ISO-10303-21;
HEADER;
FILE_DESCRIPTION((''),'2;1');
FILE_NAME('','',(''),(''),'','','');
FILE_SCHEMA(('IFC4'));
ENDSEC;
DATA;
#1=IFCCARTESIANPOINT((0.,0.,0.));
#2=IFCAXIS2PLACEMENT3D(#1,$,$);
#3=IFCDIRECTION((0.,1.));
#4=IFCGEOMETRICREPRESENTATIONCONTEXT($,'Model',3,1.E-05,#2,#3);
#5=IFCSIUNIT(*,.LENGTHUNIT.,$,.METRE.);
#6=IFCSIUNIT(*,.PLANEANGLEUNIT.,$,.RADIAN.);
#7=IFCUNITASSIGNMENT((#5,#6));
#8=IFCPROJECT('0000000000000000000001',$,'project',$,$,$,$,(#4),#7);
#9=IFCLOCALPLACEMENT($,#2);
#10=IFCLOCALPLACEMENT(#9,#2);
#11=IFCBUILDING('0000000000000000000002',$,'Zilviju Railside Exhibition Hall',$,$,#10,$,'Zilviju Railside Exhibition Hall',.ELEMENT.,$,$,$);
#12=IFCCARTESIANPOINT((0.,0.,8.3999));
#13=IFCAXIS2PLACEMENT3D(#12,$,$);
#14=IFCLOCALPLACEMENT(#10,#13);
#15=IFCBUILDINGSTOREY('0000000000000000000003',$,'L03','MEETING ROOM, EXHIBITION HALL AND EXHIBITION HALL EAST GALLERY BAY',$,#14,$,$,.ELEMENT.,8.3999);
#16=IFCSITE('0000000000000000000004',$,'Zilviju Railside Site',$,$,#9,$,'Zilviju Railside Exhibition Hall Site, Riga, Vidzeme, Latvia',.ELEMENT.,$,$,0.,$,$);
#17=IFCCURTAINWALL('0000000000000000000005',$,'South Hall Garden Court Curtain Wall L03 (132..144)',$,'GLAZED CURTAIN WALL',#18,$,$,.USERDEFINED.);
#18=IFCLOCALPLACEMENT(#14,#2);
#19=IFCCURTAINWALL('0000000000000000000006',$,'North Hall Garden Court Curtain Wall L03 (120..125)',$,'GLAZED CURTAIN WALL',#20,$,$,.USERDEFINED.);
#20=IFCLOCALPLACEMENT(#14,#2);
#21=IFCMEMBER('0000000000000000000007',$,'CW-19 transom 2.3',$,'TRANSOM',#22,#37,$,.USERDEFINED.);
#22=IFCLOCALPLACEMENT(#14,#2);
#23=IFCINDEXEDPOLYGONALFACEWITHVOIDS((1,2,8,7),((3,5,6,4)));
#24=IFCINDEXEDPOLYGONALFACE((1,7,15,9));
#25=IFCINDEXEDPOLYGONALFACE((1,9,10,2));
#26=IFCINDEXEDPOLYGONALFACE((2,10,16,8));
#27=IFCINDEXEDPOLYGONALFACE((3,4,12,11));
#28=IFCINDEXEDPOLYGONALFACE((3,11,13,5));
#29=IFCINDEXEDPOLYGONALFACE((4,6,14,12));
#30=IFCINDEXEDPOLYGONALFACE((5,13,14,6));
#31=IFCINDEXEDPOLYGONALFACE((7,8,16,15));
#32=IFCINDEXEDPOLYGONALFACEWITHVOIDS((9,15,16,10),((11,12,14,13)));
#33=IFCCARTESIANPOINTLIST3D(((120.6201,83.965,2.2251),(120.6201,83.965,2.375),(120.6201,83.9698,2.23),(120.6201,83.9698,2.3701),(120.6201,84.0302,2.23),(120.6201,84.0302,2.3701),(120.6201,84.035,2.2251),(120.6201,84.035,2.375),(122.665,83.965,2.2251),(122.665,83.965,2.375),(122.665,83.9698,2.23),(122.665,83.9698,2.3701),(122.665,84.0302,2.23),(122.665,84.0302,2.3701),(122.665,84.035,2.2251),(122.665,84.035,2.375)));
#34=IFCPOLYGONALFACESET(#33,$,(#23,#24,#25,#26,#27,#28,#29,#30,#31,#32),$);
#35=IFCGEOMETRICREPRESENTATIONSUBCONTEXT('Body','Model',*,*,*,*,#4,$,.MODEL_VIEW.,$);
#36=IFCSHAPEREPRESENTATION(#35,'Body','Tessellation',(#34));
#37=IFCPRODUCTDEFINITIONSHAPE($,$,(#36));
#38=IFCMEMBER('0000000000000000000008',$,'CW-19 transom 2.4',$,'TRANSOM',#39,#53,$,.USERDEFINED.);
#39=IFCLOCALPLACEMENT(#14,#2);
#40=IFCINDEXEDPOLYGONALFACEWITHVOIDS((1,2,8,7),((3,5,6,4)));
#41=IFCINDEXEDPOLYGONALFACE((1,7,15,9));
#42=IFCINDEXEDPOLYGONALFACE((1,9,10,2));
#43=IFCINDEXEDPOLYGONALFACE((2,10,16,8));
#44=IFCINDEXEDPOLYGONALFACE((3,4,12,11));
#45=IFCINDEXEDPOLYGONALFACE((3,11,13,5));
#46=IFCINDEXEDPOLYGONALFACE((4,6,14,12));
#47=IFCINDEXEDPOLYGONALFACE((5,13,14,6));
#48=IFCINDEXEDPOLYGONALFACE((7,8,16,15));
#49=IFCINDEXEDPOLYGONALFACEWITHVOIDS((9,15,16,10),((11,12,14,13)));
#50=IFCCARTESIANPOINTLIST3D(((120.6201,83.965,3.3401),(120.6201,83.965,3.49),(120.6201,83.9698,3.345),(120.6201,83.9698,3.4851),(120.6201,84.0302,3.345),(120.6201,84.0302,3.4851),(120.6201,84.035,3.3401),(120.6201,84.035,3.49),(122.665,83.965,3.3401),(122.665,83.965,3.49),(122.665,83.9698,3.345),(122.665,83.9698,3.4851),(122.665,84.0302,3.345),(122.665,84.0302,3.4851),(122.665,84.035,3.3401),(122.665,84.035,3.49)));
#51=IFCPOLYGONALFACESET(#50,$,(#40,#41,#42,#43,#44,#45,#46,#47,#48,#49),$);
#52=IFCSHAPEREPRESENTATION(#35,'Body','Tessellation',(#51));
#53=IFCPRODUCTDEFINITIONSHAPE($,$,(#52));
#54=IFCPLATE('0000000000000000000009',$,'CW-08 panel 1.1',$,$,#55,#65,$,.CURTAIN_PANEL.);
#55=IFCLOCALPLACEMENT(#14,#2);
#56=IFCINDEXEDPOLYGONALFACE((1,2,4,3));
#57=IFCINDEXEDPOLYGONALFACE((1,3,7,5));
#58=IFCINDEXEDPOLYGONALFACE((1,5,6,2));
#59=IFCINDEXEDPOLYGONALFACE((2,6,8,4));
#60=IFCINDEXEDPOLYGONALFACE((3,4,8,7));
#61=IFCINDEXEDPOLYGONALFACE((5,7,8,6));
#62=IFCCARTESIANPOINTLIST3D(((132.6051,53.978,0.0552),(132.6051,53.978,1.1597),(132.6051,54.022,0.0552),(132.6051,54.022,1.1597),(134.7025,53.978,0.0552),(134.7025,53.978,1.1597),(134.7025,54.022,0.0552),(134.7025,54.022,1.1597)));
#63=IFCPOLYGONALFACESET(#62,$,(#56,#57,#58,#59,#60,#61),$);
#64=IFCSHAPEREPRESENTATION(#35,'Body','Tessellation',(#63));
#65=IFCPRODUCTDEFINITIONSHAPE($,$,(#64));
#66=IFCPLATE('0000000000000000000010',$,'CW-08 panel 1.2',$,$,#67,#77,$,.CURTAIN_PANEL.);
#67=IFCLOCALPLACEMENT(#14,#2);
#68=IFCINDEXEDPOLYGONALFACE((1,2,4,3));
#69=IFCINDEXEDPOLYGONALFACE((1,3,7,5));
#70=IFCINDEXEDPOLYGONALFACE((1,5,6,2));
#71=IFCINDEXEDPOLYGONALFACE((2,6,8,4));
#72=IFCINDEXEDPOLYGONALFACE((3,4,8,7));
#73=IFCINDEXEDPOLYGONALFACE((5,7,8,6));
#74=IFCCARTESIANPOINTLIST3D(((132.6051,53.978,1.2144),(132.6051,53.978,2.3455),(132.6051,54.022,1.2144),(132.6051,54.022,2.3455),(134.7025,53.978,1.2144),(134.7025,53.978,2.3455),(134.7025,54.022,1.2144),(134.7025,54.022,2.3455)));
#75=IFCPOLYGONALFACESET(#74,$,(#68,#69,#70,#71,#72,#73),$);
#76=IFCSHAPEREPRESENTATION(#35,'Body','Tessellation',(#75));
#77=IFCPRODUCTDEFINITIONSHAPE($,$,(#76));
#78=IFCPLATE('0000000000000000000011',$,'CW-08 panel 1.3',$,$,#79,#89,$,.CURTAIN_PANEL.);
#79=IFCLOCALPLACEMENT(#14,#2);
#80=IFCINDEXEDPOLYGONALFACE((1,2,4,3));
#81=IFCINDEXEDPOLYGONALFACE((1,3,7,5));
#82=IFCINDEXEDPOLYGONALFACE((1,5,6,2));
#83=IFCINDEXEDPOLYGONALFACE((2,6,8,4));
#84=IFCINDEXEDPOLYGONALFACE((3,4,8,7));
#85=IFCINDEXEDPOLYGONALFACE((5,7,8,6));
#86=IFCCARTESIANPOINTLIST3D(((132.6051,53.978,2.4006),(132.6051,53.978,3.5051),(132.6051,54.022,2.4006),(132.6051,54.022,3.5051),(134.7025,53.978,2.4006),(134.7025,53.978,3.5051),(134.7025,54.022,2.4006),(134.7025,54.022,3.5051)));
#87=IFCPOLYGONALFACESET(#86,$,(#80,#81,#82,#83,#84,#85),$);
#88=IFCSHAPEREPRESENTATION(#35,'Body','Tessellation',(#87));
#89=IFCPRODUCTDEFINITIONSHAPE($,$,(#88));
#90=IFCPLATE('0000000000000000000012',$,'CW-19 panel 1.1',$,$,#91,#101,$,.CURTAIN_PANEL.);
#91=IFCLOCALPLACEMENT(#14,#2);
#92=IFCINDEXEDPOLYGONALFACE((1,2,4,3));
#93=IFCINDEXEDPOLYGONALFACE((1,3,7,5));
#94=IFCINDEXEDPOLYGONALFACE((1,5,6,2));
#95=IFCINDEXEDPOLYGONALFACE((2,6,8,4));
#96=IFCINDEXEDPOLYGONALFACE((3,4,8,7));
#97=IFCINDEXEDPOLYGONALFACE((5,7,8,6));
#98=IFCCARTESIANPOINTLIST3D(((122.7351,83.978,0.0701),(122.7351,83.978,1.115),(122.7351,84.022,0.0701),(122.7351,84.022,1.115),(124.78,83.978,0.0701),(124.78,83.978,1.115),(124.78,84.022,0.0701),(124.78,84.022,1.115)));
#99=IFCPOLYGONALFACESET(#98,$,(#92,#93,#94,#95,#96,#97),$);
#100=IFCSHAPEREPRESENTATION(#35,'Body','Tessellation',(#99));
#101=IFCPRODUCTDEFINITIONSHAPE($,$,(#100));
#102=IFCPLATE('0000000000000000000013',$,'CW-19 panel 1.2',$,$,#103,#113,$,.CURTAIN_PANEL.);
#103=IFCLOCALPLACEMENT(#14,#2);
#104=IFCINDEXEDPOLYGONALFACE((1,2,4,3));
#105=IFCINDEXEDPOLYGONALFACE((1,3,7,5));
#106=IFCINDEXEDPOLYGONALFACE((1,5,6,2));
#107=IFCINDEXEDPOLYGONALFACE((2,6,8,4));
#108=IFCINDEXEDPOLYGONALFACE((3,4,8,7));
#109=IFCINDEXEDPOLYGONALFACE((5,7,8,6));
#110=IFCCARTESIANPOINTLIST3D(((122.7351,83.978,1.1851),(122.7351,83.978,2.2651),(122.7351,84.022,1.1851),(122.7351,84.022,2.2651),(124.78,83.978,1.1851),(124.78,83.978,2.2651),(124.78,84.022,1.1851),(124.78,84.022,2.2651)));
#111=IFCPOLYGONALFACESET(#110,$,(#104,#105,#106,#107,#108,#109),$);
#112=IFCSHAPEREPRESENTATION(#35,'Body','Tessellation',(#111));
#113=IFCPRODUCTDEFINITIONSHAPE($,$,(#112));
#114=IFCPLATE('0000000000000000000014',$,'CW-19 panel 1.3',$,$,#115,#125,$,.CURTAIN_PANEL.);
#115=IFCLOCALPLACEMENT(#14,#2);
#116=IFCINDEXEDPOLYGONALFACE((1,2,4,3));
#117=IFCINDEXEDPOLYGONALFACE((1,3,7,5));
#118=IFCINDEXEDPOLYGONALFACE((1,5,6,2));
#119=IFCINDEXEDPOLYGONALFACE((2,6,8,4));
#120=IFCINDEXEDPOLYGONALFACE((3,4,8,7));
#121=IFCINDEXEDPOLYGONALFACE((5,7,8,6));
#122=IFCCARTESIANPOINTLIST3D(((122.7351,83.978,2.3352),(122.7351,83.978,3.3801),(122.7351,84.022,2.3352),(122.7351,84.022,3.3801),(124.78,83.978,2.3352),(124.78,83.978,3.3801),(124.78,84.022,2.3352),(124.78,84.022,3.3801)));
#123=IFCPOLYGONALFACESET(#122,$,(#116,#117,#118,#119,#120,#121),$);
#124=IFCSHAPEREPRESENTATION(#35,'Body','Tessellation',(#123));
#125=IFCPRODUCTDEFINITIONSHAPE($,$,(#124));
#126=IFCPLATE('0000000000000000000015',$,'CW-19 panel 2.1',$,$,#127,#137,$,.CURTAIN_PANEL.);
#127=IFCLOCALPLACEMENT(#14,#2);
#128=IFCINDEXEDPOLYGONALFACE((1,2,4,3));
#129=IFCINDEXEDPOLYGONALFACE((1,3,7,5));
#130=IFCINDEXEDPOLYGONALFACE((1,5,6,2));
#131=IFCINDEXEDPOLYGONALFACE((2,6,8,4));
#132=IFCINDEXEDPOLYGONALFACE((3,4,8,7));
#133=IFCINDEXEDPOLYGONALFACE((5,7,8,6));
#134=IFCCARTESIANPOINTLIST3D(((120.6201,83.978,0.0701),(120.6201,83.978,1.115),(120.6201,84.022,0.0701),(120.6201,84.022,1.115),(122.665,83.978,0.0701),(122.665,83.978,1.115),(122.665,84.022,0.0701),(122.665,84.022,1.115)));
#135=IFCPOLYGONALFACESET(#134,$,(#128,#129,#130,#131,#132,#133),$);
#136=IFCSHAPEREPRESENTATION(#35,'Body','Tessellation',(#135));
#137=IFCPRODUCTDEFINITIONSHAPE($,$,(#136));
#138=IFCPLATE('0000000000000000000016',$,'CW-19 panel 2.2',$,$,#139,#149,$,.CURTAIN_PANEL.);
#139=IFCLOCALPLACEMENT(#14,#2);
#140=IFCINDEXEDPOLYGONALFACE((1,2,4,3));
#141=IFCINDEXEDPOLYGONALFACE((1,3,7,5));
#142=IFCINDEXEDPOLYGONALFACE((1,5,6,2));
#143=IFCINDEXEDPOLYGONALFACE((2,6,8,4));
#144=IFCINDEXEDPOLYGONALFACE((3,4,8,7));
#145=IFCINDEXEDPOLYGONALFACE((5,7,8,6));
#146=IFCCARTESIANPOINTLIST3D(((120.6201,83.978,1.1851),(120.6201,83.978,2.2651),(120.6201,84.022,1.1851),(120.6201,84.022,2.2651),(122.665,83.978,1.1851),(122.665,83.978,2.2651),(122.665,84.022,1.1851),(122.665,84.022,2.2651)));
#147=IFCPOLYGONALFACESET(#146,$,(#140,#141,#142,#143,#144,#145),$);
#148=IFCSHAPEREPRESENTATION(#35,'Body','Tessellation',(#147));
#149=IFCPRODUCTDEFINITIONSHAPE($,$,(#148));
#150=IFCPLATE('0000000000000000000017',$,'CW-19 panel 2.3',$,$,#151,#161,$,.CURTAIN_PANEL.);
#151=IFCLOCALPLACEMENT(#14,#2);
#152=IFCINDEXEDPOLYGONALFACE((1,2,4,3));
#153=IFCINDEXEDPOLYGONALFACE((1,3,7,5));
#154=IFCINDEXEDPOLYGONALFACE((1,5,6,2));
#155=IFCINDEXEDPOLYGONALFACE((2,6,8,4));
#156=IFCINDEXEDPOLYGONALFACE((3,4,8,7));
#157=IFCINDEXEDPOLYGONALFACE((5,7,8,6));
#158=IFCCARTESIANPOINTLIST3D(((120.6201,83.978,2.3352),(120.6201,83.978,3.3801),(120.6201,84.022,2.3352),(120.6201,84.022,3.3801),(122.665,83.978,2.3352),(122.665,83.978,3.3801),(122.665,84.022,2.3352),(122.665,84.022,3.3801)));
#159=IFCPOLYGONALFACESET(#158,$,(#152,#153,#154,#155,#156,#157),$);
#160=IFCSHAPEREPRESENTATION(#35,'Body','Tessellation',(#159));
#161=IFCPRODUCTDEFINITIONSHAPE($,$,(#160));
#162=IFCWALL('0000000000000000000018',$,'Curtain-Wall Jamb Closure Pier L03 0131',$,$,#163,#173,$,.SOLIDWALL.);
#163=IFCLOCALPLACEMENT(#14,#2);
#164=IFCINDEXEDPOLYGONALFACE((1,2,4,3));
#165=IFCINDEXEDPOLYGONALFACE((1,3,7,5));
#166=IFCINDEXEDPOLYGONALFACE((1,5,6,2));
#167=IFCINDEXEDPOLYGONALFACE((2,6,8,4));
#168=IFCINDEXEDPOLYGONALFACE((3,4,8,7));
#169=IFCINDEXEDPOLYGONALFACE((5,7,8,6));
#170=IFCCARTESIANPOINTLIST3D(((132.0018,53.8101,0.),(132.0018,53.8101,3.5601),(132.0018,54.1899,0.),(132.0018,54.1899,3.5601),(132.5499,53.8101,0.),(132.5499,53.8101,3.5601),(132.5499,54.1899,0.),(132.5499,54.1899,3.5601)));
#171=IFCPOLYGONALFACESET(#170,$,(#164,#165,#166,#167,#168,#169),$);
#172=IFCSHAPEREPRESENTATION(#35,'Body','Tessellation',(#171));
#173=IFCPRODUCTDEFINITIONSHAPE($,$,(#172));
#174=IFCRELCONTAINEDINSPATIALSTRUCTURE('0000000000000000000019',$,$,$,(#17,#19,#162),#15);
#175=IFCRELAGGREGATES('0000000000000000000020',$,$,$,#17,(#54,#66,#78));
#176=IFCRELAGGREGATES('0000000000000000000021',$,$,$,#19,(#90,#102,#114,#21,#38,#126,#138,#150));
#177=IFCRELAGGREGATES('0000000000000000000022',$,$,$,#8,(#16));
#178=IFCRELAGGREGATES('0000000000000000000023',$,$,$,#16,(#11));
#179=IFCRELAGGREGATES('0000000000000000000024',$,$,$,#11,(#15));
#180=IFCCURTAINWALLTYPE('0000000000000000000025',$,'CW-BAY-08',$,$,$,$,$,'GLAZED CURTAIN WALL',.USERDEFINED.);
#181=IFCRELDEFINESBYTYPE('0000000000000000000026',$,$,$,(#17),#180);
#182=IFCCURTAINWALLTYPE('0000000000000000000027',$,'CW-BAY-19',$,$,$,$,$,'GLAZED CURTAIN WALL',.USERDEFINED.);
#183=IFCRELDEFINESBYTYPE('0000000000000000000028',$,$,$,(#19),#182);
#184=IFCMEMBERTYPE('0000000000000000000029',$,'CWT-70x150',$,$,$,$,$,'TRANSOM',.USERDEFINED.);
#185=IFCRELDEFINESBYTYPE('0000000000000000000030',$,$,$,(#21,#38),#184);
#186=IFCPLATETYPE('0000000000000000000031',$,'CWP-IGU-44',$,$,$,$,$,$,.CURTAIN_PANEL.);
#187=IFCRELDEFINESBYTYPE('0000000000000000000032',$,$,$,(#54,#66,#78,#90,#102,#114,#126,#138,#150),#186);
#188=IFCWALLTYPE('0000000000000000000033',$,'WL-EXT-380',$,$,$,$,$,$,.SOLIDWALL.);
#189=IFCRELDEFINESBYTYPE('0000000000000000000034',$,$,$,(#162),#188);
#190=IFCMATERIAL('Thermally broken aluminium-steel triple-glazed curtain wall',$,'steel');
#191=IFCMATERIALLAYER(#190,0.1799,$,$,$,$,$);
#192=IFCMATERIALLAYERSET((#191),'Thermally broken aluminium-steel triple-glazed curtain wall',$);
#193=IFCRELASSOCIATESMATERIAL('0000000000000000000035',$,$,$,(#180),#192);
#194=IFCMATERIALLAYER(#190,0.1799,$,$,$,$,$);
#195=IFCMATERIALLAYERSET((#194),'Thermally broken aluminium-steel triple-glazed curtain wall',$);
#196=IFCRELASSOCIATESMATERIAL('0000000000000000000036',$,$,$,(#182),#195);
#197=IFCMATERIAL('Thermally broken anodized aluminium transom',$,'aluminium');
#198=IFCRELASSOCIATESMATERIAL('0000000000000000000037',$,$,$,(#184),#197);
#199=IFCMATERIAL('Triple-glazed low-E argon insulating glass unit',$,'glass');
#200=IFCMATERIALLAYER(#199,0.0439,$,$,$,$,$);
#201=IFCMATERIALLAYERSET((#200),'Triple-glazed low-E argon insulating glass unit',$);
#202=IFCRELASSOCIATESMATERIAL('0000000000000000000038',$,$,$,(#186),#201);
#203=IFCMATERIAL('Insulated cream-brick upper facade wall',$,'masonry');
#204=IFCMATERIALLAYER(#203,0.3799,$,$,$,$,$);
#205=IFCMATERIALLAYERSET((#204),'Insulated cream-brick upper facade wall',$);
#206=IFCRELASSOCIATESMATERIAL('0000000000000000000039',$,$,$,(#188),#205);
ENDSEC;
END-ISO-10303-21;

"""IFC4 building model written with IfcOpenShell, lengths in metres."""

from ifc_helpers import new_model, si_unit, direction, frame, frame_2d, origin, origin_2d, place, context, subcontext, project, spatial, rectangle, hollow_rectangle, extrude, material, layer, layer_set, material_profile, profile_set, type_object, element, aggregate, save


model = new_model("IFC4")

# Units and contexts
model_context = context("Model", 3, precision=1e-05, world=origin(), true_north=direction((0.0, 1.0)))
body_context = subcontext(model_context, "Body", "Model", "MODEL_VIEW")
ifc_project = project(units=[si_unit("LENGTHUNIT", "METRE"), si_unit("PLANEANGLEUNIT", "RADIAN")], contexts=[model_context])

# Site, building, storey
site_placement = place(None, origin())
site = spatial("IfcSite", under=ifc_project, at=site_placement, Name="Zilviju Railside Site", LongName="Zilviju Railside Exhibition Hall Site, Riga, Vidzeme, Latvia", CompositionType="ELEMENT", RefElevation=0.0)
building_placement = place(site_placement, origin())
building = spatial("IfcBuilding", under=site, at=building_placement, Name="Zilviju Railside Exhibition Hall", LongName="Zilviju Railside Exhibition Hall", CompositionType="ELEMENT")
storey_placement = place(building_placement, frame((0.0, 0.0, 8.3999)))
storey = spatial("IfcBuildingStorey", under=building, at=storey_placement, Name="L03", Description="MEETING ROOM, EXHIBITION HALL AND EXHIBITION HALL EAST GALLERY BAY", CompositionType="ELEMENT", Elevation=8.3999)

# Curtain walls
ifc_material_1 = material(Name="Thermally broken aluminium-steel triple-glazed curtain wall", Category="steel")
ifc_layer_1 = layer(ifc_material_1, 0.1799)
ifc_layer_set_1 = layer_set([ifc_layer_1], Name="Thermally broken aluminium-steel triple-glazed curtain wall")
curtain_wall_type_1 = type_object("IfcCurtainWallType", Name="CW-BAY-08", ElementType="GLAZED CURTAIN WALL", PredefinedType="USERDEFINED", material=ifc_layer_set_1)
curtain_wall_1_placement = place(storey_placement, origin())
curtain_wall_1 = element("IfcCurtainWall", 1, at=curtain_wall_1_placement, inside=storey, type_object=curtain_wall_type_1, Name="South Hall Garden Court Curtain Wall L03 (132..144)", ObjectType="GLAZED CURTAIN WALL", PredefinedType="USERDEFINED")
ifc_layer_2 = layer(ifc_material_1, 0.1799)
ifc_layer_set_2 = layer_set([ifc_layer_2], Name="Thermally broken aluminium-steel triple-glazed curtain wall")
curtain_wall_type_2 = type_object("IfcCurtainWallType", Name="CW-BAY-19", ElementType="GLAZED CURTAIN WALL", PredefinedType="USERDEFINED", material=ifc_layer_set_2)
curtain_wall_2_placement = place(storey_placement, origin())
curtain_wall_2 = element("IfcCurtainWall", 2, at=curtain_wall_2_placement, inside=storey, type_object=curtain_wall_type_2, Name="North Hall Garden Court Curtain Wall L03 (120..125)", ObjectType="GLAZED CURTAIN WALL", PredefinedType="USERDEFINED")

# Members
ifc_material_2 = material(Name="Thermally broken anodized aluminium transom", Category="aluminium")
ifc_material_profile_1 = material_profile(ifc_material_2, hollow_rectangle(XDim=0.0701, YDim=0.1499, WallThickness=0.0049, at=origin_2d()), Name="TRANSOM 150x70x5")
ifc_profile_set_1 = profile_set([ifc_material_profile_1], Name="Thermally broken anodized aluminium transom")
member_type_1 = type_object("IfcMemberType", Name="CWT-70x150", ElementType="TRANSOM", PredefinedType="USERDEFINED", material=ifc_profile_set_1)
member_1_placement = place(storey_placement, frame((122.665, 84.0, 2.3), z_axis=(-1.0, 0.0, 0.0), x_axis=(0.0, -1.0, 0.0)))
member_1 = element("IfcMember", 3, at=member_1_placement, type_object=member_type_1, Name="CW-19 transom 2.3", ObjectType="TRANSOM", PredefinedType="USERDEFINED", context=body_context, shape_type="SweptSolid", body=[
    extrude(hollow_rectangle(XDim=0.0701, YDim=0.1499, WallThickness=0.0049, at=origin_2d()), origin(), (0.0, 0.0, 1.0), 2.0449),
])
member_2_placement = place(storey_placement, frame((122.665, 84.0, 3.415), z_axis=(-1.0, 0.0, 0.0), x_axis=(0.0, -1.0, 0.0)))
member_2 = element("IfcMember", 4, at=member_2_placement, type_object=member_type_1, Name="CW-19 transom 2.4", ObjectType="TRANSOM", PredefinedType="USERDEFINED", context=body_context, shape_type="SweptSolid", body=[
    extrude(hollow_rectangle(XDim=0.0701, YDim=0.1499, WallThickness=0.0049, at=origin_2d()), origin(), (0.0, 0.0, 1.0), 2.0449),
])

# Plates
ifc_material_3 = material(Name="Triple-glazed low-E argon insulating glass unit", Category="glass")
ifc_layer_3 = layer(ifc_material_3, 0.0439)
ifc_layer_set_3 = layer_set([ifc_layer_3], Name="Triple-glazed low-E argon insulating glass unit")
plate_type = type_object("IfcPlateType", Name="CWP-IGU-44", PredefinedType="CURTAIN_PANEL", material=ifc_layer_set_3)
plate_1_placement = place(storey_placement, frame((133.6538, 54.0, 0.0552), z_axis=(0.0, 0.0, 1.0), x_axis=(1.0, 0.0, 0.0)))
plate_1 = element("IfcPlate", 5, at=plate_1_placement, type_object=plate_type, Name="CW-08 panel 1.1", PredefinedType="CURTAIN_PANEL", context=body_context, shape_type="SweptSolid", body=[
    extrude(rectangle(XDim=2.0974, YDim=0.0439, at=origin_2d()), origin(), (0.0, 0.0, 1.0), 1.1045),
])
plate_2_placement = place(storey_placement, frame((133.6538, 54.0, 1.2144), z_axis=(0.0, 0.0, 1.0), x_axis=(1.0, 0.0, 0.0)))
plate_2 = element("IfcPlate", 6, at=plate_2_placement, type_object=plate_type, Name="CW-08 panel 1.2", PredefinedType="CURTAIN_PANEL", context=body_context, shape_type="SweptSolid", body=[
    extrude(rectangle(XDim=2.0974, YDim=0.0439, at=origin_2d()), origin(), (0.0, 0.0, 1.0), 1.1311),
])
plate_3_placement = place(storey_placement, frame((133.6538, 54.0, 2.4006), z_axis=(0.0, 0.0, 1.0), x_axis=(1.0, 0.0, 0.0)))
plate_3 = element("IfcPlate", 7, at=plate_3_placement, type_object=plate_type, Name="CW-08 panel 1.3", PredefinedType="CURTAIN_PANEL", context=body_context, shape_type="SweptSolid", body=[
    extrude(rectangle(XDim=2.0974, YDim=0.0439, at=origin_2d()), origin(), (0.0, 0.0, 1.0), 1.1045),
])
aggregate(curtain_wall_1, [plate_1, plate_2, plate_3])
plate_4_placement = place(storey_placement, frame((123.7576, 84.0, 0.0701), z_axis=(0.0, 0.0, 1.0), x_axis=(-1.0, 0.0, 0.0)))
plate_4 = element("IfcPlate", 8, at=plate_4_placement, type_object=plate_type, Name="CW-19 panel 1.1", PredefinedType="CURTAIN_PANEL", context=body_context, shape_type="SweptSolid", body=[
    extrude(rectangle(XDim=2.0449, YDim=0.0439, at=origin_2d()), origin(), (0.0, 0.0, 1.0), 1.0449),
])
plate_5_placement = place(storey_placement, frame((123.7576, 84.0, 1.1851), z_axis=(0.0, 0.0, 1.0), x_axis=(-1.0, 0.0, 0.0)))
plate_5 = element("IfcPlate", 9, at=plate_5_placement, type_object=plate_type, Name="CW-19 panel 1.2", PredefinedType="CURTAIN_PANEL", context=body_context, shape_type="SweptSolid", body=[
    extrude(rectangle(XDim=2.0449, YDim=0.0439, at=origin_2d()), origin(), (0.0, 0.0, 1.0), 1.0801),
])
plate_6_placement = place(storey_placement, frame((123.7576, 84.0, 2.3352), z_axis=(0.0, 0.0, 1.0), x_axis=(-1.0, 0.0, 0.0)))
plate_6 = element("IfcPlate", 10, at=plate_6_placement, type_object=plate_type, Name="CW-19 panel 1.3", PredefinedType="CURTAIN_PANEL", context=body_context, shape_type="SweptSolid", body=[
    extrude(rectangle(XDim=2.0449, YDim=0.0439, at=origin_2d()), origin(), (0.0, 0.0, 1.0), 1.0449),
])
plate_7_placement = place(storey_placement, frame((121.6426, 84.0, 0.0701), z_axis=(0.0, 0.0, 1.0), x_axis=(-1.0, 0.0, 0.0)))
plate_7 = element("IfcPlate", 11, at=plate_7_placement, type_object=plate_type, Name="CW-19 panel 2.1", PredefinedType="CURTAIN_PANEL", context=body_context, shape_type="SweptSolid", body=[
    extrude(rectangle(XDim=2.0449, YDim=0.0439, at=origin_2d()), origin(), (0.0, 0.0, 1.0), 1.0449),
])
plate_8_placement = place(storey_placement, frame((121.6426, 84.0, 1.1851), z_axis=(0.0, 0.0, 1.0), x_axis=(-1.0, 0.0, 0.0)))
plate_8 = element("IfcPlate", 12, at=plate_8_placement, type_object=plate_type, Name="CW-19 panel 2.2", PredefinedType="CURTAIN_PANEL", context=body_context, shape_type="SweptSolid", body=[
    extrude(rectangle(XDim=2.0449, YDim=0.0439, at=origin_2d()), origin(), (0.0, 0.0, 1.0), 1.0801),
])
plate_9_placement = place(storey_placement, frame((121.6426, 84.0, 2.3352), z_axis=(0.0, 0.0, 1.0), x_axis=(-1.0, 0.0, 0.0)))
plate_9 = element("IfcPlate", 13, at=plate_9_placement, type_object=plate_type, Name="CW-19 panel 2.3", PredefinedType="CURTAIN_PANEL", context=body_context, shape_type="SweptSolid", body=[
    extrude(rectangle(XDim=2.0449, YDim=0.0439, at=origin_2d()), origin(), (0.0, 0.0, 1.0), 1.0449),
])
aggregate(curtain_wall_2, [plate_4, plate_5, plate_6, member_1, member_2, plate_7, plate_8, plate_9])

# Wall
ifc_material_4 = material(Name="Insulated cream-brick upper facade wall", Category="masonry")
ifc_layer_4 = layer(ifc_material_4, 0.3799)
ifc_layer_set_4 = layer_set([ifc_layer_4], Name="Insulated cream-brick upper facade wall")
wall_type = type_object("IfcWallType", Name="WL-EXT-380", PredefinedType="SOLIDWALL", material=ifc_layer_set_4)
wall_placement = place(storey_placement, frame((132.002, 54.0, 0.0), z_axis=(0.0, 0.0, 1.0), x_axis=(1.0, 0.0, 0.0)))
element("IfcWall", 14, at=wall_placement, inside=storey, type_object=wall_type, Name="Curtain-Wall Jamb Closure Pier L03 0131", PredefinedType="SOLIDWALL", context=body_context, shape_type="SweptSolid", body=[
    extrude(rectangle(XDim=0.5481, YDim=0.3799, at=frame_2d((0.2739, 0.0))), origin(), (0.0, 0.0, 1.0), 3.5601),
])

save(model, "model.ifc")
